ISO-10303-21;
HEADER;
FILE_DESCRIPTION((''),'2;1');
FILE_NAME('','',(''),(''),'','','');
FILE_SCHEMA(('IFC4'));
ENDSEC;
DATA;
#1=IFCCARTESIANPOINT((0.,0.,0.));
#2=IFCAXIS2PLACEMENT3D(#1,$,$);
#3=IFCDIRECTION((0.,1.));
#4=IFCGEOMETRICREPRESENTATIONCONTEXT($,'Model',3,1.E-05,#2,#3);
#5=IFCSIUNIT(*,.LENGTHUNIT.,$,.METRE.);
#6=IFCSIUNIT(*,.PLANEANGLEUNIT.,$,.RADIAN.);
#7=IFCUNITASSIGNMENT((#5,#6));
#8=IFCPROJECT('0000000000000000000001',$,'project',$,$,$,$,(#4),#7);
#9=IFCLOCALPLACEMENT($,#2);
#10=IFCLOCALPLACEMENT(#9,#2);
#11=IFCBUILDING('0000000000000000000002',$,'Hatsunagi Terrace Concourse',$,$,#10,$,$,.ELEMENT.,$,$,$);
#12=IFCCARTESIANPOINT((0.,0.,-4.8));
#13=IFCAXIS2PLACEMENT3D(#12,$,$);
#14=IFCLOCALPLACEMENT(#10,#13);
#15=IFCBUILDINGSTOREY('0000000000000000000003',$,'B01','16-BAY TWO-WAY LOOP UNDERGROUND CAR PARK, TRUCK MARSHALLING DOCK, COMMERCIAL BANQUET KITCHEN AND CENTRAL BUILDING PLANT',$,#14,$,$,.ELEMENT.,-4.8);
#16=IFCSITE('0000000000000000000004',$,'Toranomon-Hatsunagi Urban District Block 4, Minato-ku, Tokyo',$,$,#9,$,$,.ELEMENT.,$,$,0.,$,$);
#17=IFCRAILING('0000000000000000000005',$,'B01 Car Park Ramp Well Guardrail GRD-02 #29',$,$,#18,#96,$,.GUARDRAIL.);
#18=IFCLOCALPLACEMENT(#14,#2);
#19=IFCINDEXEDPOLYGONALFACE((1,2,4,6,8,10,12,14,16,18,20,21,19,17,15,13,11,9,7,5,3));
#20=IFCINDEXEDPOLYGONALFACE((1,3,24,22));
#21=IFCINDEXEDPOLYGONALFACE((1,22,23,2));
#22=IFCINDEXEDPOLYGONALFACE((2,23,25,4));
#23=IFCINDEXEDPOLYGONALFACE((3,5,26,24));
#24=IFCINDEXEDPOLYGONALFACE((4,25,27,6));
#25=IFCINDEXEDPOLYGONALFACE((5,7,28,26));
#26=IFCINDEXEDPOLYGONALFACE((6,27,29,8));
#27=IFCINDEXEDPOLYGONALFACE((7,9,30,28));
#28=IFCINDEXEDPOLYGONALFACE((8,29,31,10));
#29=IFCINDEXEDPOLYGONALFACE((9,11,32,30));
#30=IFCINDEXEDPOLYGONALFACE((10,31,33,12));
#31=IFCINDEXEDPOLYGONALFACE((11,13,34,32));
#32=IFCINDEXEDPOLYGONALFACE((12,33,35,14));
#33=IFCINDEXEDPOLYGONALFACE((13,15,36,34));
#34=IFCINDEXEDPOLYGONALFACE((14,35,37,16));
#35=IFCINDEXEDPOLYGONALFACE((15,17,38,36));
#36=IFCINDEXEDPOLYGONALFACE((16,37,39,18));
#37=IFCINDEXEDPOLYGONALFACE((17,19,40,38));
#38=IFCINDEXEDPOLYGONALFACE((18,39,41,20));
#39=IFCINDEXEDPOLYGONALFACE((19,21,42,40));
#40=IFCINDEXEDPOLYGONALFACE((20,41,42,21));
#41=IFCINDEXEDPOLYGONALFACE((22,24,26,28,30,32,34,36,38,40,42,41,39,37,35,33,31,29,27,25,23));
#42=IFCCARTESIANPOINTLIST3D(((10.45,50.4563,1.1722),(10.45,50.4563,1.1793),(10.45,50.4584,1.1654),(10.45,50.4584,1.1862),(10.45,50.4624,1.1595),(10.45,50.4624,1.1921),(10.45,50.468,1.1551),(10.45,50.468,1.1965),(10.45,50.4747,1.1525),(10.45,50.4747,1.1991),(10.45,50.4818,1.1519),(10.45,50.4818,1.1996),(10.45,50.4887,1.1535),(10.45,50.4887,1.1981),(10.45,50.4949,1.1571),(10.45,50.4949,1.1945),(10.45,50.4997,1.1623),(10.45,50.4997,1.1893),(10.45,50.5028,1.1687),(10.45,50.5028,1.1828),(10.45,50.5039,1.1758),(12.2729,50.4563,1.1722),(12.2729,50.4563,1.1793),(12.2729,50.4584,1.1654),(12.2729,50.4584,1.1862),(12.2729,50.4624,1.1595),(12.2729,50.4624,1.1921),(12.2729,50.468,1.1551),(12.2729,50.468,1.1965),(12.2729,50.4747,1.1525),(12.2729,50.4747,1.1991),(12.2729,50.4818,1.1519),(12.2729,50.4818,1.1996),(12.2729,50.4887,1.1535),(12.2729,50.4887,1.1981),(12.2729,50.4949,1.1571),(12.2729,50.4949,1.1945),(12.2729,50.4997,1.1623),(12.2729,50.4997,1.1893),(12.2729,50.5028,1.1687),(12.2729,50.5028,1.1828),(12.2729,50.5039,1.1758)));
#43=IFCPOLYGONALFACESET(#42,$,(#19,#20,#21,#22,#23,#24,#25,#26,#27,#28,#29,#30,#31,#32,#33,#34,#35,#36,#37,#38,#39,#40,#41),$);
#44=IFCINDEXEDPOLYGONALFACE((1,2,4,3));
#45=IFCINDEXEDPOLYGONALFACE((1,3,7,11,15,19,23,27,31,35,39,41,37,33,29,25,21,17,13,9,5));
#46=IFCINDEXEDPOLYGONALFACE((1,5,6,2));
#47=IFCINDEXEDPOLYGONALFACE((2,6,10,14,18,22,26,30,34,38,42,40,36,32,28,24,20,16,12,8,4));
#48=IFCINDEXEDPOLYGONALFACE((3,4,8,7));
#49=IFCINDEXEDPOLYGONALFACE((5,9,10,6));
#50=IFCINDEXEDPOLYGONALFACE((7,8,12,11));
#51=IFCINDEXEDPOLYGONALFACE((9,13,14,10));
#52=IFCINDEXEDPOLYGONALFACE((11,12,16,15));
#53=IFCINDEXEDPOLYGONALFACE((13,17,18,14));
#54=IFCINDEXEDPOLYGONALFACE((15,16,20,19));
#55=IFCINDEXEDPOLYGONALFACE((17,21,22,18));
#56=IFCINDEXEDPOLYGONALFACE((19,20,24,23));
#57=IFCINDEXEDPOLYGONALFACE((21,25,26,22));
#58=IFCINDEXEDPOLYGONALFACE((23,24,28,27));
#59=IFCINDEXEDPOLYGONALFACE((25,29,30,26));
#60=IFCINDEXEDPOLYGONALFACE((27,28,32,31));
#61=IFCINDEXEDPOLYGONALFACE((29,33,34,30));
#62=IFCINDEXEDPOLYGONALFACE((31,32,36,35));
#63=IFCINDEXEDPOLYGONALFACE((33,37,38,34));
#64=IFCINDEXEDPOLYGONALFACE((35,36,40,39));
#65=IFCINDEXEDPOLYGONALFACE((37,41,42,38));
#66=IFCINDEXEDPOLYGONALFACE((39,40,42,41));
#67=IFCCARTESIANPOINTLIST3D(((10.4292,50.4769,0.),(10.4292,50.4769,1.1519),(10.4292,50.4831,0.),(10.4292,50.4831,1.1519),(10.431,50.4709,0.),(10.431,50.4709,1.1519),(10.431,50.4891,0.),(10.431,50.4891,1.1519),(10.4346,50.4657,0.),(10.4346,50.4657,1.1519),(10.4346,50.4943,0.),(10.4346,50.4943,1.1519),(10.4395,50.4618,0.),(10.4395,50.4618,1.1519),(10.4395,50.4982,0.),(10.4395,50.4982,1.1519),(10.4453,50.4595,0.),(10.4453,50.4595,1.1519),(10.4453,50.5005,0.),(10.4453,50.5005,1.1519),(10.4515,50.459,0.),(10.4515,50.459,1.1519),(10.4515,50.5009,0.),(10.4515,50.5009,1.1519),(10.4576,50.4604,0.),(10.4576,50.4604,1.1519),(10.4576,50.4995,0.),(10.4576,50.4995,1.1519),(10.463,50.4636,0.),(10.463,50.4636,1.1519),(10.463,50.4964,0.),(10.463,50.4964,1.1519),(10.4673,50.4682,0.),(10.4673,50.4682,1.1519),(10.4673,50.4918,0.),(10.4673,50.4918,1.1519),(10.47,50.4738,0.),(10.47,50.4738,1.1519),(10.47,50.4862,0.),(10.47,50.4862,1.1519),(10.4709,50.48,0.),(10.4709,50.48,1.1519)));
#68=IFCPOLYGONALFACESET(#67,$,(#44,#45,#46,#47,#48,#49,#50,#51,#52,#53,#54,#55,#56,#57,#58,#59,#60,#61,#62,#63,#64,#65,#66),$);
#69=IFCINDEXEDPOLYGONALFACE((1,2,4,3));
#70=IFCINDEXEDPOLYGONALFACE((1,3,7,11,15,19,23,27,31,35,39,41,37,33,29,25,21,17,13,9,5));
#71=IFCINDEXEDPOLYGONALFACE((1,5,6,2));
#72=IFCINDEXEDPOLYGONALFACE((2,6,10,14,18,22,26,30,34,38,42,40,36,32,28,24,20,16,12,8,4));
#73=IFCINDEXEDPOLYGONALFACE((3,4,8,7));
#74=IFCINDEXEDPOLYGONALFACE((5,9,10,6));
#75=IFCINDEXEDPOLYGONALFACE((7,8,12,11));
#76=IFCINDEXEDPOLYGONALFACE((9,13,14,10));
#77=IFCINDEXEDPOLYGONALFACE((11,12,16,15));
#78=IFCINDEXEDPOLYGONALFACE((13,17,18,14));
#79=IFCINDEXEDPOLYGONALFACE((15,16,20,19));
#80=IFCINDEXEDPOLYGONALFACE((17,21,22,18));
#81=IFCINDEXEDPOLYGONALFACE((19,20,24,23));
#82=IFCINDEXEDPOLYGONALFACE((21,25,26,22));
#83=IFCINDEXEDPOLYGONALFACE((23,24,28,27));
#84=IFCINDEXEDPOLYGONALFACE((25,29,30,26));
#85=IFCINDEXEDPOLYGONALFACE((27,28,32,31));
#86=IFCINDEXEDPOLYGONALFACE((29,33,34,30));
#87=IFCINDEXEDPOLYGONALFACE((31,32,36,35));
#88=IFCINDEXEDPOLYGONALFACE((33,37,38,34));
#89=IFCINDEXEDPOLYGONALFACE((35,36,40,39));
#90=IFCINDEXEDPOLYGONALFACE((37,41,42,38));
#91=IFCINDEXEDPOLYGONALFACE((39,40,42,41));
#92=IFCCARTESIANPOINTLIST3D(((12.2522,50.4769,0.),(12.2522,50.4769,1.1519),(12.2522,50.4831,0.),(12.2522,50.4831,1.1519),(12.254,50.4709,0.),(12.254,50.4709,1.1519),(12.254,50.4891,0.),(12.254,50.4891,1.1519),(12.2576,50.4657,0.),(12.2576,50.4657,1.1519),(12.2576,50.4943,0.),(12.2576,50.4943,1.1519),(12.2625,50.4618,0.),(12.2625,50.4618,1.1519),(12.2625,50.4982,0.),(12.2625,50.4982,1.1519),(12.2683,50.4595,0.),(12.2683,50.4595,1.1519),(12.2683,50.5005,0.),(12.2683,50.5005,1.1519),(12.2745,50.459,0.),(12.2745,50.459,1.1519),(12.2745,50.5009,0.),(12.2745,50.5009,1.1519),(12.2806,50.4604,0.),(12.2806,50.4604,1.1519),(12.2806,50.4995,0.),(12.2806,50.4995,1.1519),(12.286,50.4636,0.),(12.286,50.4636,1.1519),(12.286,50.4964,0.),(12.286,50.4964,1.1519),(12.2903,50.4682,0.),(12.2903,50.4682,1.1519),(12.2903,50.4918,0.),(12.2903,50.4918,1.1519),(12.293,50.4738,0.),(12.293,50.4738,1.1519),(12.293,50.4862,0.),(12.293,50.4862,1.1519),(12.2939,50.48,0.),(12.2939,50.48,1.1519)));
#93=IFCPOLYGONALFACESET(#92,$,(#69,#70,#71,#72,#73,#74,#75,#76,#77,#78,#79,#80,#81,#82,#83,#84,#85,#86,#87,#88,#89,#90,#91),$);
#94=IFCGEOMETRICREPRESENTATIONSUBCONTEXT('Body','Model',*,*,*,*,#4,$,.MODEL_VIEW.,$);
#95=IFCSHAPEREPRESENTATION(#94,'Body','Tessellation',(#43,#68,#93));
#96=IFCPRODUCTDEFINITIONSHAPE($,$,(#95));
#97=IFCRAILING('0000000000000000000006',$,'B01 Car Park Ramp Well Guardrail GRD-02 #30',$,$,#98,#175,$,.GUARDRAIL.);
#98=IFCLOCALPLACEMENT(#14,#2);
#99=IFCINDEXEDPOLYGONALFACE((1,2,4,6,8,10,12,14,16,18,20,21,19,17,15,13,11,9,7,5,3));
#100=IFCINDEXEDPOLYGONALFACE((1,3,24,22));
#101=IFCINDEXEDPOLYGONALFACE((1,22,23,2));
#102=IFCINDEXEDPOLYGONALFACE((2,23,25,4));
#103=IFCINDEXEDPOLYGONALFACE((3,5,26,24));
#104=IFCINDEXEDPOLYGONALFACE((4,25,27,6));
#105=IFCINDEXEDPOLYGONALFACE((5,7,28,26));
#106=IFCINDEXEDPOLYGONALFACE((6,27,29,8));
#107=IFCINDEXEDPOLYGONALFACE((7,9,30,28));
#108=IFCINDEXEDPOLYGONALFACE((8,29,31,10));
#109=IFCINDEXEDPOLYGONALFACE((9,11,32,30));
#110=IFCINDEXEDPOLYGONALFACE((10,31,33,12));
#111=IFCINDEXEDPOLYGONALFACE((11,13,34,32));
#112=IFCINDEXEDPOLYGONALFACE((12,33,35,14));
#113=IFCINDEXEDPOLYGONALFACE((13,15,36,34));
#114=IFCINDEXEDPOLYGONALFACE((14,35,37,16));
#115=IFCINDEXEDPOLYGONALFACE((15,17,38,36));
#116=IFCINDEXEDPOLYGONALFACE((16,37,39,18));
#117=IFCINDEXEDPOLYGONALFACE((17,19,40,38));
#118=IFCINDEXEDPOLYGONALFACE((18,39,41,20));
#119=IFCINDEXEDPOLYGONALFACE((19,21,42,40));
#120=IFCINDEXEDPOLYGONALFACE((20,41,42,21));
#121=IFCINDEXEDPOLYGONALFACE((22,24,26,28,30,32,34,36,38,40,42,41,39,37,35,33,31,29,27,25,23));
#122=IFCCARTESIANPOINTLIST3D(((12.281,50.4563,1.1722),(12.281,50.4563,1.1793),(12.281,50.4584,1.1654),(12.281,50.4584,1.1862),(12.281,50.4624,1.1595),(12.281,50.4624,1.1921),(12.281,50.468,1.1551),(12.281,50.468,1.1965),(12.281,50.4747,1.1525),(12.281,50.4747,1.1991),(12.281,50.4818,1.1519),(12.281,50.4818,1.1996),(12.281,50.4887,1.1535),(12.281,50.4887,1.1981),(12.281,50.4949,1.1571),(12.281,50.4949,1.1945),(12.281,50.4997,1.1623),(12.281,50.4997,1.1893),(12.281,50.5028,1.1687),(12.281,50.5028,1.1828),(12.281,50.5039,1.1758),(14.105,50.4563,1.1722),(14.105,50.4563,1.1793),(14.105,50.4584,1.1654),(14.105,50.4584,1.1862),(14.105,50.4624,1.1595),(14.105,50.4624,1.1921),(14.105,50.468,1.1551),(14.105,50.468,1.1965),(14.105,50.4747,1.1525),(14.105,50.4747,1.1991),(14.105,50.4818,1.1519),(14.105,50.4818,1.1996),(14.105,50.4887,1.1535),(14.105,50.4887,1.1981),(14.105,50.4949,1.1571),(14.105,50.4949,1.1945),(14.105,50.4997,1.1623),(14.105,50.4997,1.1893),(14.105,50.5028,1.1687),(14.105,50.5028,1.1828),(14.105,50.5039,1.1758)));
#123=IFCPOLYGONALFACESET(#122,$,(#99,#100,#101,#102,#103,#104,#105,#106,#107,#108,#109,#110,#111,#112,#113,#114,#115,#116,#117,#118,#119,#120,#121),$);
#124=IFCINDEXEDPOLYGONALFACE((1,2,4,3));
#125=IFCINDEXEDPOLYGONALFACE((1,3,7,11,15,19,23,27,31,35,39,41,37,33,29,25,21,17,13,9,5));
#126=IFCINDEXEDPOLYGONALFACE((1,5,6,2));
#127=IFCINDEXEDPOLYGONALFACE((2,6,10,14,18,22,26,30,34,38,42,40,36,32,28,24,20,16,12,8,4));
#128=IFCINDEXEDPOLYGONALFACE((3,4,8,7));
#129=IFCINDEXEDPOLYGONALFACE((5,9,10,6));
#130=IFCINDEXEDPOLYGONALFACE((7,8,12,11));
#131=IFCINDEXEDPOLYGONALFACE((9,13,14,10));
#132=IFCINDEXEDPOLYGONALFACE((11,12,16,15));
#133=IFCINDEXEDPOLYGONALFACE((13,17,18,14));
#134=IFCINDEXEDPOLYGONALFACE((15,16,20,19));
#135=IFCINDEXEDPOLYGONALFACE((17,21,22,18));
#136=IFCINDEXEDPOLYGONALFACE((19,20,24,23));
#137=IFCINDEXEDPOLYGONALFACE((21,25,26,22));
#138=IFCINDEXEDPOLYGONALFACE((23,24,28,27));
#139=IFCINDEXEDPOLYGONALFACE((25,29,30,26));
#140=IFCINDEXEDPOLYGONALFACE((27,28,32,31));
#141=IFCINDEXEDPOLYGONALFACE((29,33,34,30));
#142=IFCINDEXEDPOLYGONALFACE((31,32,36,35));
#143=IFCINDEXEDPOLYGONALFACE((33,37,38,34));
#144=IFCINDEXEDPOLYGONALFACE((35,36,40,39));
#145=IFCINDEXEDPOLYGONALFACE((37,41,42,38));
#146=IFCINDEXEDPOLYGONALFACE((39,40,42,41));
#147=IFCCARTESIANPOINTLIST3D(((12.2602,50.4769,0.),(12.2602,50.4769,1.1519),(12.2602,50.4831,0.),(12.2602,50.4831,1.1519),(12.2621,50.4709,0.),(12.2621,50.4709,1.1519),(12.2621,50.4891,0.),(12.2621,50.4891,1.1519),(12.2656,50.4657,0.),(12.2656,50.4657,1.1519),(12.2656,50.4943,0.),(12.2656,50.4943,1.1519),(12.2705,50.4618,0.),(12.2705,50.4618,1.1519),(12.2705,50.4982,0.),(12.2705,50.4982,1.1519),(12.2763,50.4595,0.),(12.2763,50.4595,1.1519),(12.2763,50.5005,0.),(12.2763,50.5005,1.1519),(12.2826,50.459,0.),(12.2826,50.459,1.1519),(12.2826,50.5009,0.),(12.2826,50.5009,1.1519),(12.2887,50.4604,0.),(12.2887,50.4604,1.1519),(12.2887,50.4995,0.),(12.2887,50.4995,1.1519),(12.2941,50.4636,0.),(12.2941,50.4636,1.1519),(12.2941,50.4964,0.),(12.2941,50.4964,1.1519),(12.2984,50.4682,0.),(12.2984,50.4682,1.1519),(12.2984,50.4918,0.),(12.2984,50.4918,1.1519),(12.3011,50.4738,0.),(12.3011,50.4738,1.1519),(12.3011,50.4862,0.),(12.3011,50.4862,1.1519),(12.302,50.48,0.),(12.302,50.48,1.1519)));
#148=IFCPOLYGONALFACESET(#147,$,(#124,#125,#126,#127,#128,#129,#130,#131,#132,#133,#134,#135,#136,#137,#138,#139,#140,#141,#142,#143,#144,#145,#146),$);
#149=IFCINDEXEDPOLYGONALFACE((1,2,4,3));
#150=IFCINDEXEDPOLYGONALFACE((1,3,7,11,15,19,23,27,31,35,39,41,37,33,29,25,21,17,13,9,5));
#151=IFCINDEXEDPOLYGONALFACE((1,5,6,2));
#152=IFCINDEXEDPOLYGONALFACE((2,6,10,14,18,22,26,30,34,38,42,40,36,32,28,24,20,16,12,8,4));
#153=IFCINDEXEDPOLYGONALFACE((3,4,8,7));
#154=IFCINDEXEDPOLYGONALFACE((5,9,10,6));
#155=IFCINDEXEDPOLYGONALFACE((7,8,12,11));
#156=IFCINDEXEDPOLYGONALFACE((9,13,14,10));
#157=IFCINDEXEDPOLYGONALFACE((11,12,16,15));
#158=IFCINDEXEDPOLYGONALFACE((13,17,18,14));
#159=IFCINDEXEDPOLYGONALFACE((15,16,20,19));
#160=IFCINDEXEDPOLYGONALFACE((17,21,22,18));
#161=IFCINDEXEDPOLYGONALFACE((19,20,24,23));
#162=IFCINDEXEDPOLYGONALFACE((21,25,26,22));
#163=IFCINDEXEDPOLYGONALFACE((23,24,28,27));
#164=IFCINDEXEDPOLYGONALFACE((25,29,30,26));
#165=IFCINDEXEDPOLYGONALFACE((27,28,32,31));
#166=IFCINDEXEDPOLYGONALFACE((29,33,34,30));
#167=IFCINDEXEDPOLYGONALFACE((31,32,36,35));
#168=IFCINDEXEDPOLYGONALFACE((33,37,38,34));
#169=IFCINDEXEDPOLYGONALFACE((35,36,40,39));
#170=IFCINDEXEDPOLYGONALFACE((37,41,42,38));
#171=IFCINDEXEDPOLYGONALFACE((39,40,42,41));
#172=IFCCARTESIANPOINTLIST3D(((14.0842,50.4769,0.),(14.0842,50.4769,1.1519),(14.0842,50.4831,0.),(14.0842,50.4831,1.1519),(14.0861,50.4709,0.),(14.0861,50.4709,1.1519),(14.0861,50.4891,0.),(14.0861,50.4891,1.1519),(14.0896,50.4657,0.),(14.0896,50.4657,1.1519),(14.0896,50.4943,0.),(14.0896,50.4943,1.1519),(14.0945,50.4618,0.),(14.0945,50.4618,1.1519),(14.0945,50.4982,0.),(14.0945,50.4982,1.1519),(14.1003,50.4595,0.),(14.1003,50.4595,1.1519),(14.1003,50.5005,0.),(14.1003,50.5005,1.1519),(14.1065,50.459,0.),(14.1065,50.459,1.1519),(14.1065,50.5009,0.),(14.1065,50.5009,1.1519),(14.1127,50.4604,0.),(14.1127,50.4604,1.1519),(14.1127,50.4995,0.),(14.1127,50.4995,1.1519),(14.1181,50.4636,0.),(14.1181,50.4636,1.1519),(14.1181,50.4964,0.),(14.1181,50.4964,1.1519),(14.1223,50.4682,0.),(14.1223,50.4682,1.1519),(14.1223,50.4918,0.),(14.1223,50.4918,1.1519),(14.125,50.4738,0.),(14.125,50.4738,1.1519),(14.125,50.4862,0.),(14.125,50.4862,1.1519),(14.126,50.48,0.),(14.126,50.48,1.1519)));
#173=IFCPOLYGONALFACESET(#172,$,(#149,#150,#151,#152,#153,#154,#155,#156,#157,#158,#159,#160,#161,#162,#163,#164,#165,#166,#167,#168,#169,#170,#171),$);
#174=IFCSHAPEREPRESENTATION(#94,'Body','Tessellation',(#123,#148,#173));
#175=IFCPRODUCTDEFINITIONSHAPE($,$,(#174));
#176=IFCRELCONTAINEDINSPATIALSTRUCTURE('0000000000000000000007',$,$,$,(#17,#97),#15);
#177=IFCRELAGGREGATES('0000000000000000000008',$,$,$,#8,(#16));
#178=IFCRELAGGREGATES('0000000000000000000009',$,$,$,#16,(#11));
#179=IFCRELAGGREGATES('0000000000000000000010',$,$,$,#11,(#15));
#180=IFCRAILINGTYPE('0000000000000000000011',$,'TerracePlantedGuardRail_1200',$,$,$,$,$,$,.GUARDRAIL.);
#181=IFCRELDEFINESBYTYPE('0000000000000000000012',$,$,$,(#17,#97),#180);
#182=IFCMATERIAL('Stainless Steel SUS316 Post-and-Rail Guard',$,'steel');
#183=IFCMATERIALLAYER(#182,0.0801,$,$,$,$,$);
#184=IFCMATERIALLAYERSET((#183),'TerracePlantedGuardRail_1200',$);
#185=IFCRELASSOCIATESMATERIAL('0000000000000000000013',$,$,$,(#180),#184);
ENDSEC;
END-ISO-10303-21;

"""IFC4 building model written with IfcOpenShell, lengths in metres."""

from ifc_helpers import new_model, si_unit, direction, frame, origin, origin_2d, place, context, subcontext, project, spatial, circle, extrude, material, layer, layer_set, type_object, element, save


model = new_model("IFC4")

# Units and contexts
model_context = context("Model", 3, precision=1e-05, world=origin(), true_north=direction((0.0, 1.0)))
body_context = subcontext(model_context, "Body", "Model", "MODEL_VIEW")
ifc_project = project(units=[si_unit("LENGTHUNIT", "METRE"), si_unit("PLANEANGLEUNIT", "RADIAN")], contexts=[model_context])

# Site, building, storey
site_placement = place(None, origin())
site = spatial("IfcSite", under=ifc_project, at=site_placement, Name="Toranomon-Hatsunagi Urban District Block 4, Minato-ku, Tokyo", CompositionType="ELEMENT", RefElevation=0.0)
building_placement = place(site_placement, origin())
building = spatial("IfcBuilding", under=site, at=building_placement, Name="Hatsunagi Terrace Concourse", CompositionType="ELEMENT")
storey_placement = place(building_placement, frame((0.0, 0.0, -4.8)))
storey = spatial("IfcBuildingStorey", under=building, at=storey_placement, Name="B01", Description="16-BAY TWO-WAY LOOP UNDERGROUND CAR PARK, TRUCK MARSHALLING DOCK, COMMERCIAL BANQUET KITCHEN AND CENTRAL BUILDING PLANT", CompositionType="ELEMENT", Elevation=-4.8)

# Railings
ifc_material_1 = material(Name="Stainless Steel SUS316 Post-and-Rail Guard", Category="steel")
ifc_layer_1 = layer(ifc_material_1, 0.0801)
ifc_layer_set_1 = layer_set([ifc_layer_1], Name="TerracePlantedGuardRail_1200")
railing_type = type_object("IfcRailingType", Name="TerracePlantedGuardRail_1200", PredefinedType="GUARDRAIL", material=ifc_layer_set_1)
railing_1_placement = place(storey_placement, frame((10.45, 50.48, 0.0)))
element("IfcRailing", 1, at=railing_1_placement, inside=storey, type_object=railing_type, Name="B01 Car Park Ramp Well Guardrail GRD-02 #29", PredefinedType="GUARDRAIL", context=body_context, shape_type="SweptSolid", body=[
    extrude(circle(Radius=0.0239, at=origin_2d()), frame((0.0, 0.0, 1.1758), z_axis=(1.0, 0.0, 0.0), x_axis=(0.0, 1.0, 0.0)), (0.0, 0.0, 1.0), 1.823),
    extrude(circle(Radius=0.021, at=origin_2d()), origin(), (0.0, 0.0, 1.0), 1.1519),
    extrude(circle(Radius=0.021, at=origin_2d()), frame((1.823, 0.0, 0.0)), (0.0, 0.0, 1.0), 1.1519),
])
railing_2_placement = place(storey_placement, frame((12.281, 50.48, 0.0)))
element("IfcRailing", 2, at=railing_2_placement, inside=storey, type_object=railing_type, Name="B01 Car Park Ramp Well Guardrail GRD-02 #30", PredefinedType="GUARDRAIL", context=body_context, shape_type="SweptSolid", body=[
    extrude(circle(Radius=0.0239, at=origin_2d()), frame((0.0, 0.0, 1.1758), z_axis=(1.0, 0.0, 0.0), x_axis=(0.0, 1.0, 0.0)), (0.0, 0.0, 1.0), 1.824),
    extrude(circle(Radius=0.021, at=origin_2d()), origin(), (0.0, 0.0, 1.0), 1.1519),
    extrude(circle(Radius=0.021, at=origin_2d()), frame((1.824, 0.0, 0.0)), (0.0, 0.0, 1.0), 1.1519),
])

save(model, "model.ifc")
